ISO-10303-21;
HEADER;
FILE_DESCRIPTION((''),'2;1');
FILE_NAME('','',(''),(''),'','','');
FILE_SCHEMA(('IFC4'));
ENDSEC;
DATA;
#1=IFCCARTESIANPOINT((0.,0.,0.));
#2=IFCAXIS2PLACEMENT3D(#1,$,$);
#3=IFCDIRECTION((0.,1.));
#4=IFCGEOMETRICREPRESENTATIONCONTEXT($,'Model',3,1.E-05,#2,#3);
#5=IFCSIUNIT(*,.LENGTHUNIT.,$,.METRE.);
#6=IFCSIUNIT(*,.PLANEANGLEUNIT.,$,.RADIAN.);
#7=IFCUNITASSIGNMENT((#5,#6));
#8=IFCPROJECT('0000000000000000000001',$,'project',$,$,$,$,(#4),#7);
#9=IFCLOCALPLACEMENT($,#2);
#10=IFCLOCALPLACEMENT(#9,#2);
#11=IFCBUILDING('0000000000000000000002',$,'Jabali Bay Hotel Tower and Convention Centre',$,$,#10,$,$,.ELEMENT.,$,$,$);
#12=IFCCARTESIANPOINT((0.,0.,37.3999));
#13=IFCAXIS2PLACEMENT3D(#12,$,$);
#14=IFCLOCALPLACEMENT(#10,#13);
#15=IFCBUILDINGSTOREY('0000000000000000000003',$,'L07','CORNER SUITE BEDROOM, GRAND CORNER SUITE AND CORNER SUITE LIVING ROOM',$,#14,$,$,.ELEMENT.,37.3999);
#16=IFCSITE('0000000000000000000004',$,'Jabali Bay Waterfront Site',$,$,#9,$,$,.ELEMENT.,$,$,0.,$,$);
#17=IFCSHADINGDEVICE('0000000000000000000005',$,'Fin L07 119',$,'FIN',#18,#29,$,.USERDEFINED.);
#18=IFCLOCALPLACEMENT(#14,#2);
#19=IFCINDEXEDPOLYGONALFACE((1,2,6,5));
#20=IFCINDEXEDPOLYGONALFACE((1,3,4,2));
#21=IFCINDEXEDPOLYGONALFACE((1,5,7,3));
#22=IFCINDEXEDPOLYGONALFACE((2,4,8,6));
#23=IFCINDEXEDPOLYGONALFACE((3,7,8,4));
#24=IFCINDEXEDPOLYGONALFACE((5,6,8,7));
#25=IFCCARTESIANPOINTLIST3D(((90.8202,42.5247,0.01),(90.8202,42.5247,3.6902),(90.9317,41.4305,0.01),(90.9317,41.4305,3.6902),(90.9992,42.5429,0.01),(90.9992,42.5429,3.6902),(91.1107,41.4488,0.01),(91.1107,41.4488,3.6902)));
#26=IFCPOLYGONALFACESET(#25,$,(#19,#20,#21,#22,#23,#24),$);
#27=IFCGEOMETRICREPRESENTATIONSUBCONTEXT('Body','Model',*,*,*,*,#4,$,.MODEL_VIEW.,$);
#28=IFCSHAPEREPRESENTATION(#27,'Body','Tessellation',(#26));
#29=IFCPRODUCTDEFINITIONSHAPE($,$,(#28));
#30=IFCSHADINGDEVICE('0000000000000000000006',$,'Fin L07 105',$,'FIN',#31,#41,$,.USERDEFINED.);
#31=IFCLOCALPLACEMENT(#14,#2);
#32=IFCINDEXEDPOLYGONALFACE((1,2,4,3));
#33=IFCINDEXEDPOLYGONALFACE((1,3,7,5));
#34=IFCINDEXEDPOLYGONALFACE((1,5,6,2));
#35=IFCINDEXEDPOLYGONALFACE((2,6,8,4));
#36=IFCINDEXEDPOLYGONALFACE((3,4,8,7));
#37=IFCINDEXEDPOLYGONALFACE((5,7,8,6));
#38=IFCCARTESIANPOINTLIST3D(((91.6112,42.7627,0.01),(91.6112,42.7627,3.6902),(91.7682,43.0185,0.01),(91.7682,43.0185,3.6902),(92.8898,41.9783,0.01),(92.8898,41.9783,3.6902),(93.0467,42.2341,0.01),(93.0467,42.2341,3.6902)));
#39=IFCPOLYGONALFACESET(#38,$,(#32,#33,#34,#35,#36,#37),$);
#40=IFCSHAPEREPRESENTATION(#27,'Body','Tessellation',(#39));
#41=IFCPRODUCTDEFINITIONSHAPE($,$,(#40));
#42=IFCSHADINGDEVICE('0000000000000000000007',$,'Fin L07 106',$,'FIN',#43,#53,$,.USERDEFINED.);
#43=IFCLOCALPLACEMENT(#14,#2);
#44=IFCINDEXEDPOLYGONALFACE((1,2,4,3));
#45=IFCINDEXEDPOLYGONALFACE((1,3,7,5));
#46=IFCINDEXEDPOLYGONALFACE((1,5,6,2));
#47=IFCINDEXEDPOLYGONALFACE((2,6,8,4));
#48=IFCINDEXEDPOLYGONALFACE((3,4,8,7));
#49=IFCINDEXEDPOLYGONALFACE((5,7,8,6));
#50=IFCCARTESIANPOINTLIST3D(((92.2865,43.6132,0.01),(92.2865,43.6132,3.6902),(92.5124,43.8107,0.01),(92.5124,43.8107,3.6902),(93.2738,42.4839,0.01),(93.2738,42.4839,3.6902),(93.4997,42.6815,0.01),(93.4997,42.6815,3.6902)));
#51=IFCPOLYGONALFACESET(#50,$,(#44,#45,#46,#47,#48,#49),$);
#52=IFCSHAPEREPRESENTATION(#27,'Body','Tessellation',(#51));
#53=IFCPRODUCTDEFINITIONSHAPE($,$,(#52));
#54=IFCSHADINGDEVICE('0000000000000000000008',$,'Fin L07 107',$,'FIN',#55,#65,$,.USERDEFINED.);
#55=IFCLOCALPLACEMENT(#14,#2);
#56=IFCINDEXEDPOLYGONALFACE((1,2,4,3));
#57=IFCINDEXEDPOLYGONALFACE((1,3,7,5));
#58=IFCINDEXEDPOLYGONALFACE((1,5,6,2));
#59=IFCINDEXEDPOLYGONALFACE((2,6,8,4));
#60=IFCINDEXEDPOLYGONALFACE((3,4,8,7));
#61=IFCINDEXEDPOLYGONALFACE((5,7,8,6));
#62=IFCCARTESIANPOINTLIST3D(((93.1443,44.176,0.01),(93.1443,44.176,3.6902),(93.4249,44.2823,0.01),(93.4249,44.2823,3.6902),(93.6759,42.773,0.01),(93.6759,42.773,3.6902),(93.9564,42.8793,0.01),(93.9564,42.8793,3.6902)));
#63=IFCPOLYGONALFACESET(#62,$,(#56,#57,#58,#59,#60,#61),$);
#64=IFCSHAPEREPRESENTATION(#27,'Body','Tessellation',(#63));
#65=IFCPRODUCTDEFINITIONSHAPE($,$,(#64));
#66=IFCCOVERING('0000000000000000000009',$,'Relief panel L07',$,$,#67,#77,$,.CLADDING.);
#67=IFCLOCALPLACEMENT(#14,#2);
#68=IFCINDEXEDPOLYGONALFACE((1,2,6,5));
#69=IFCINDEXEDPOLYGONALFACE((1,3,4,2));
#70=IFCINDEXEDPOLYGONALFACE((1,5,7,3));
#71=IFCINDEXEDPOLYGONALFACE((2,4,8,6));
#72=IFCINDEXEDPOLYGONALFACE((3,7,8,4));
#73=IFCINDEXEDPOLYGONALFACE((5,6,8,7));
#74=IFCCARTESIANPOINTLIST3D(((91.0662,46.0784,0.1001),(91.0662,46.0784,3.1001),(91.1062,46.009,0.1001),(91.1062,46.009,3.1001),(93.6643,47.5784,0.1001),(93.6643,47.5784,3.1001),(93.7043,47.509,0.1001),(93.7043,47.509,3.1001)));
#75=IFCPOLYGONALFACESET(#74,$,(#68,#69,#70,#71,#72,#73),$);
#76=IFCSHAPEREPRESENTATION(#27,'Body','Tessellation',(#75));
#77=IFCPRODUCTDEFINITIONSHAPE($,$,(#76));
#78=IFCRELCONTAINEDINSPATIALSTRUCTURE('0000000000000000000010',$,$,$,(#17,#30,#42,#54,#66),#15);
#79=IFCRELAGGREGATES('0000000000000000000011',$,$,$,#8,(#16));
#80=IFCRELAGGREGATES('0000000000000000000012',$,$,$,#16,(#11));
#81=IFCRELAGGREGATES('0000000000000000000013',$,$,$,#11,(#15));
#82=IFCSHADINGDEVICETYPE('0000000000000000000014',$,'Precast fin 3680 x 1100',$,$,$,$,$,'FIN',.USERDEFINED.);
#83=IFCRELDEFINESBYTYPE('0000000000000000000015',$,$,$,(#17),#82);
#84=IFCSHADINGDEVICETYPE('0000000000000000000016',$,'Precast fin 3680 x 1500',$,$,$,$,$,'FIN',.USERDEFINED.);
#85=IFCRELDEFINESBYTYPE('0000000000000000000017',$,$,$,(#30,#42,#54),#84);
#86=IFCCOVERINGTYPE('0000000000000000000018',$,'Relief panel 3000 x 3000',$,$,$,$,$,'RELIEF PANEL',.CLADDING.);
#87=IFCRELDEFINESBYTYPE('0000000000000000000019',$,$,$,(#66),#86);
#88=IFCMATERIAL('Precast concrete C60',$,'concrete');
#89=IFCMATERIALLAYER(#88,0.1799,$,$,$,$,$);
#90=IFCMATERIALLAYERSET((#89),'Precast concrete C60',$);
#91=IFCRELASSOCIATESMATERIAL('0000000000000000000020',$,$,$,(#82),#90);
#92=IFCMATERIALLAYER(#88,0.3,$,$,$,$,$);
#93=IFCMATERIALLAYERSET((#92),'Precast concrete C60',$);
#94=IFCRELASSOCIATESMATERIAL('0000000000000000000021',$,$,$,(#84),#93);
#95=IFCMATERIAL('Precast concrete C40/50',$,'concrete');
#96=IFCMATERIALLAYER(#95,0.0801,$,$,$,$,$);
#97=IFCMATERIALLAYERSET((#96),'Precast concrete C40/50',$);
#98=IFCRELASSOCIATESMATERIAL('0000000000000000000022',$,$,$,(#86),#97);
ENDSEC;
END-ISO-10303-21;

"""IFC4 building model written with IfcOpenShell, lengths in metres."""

from ifc_helpers import new_model, si_unit, direction, frame, frame_2d, origin, origin_2d, place, context, subcontext, project, spatial, rectangle, extrude, material, layer, layer_set, type_object, element, save


model = new_model("IFC4")

# Units and contexts
model_context = context("Model", 3, precision=1e-05, world=origin(), true_north=direction((0.0, 1.0)))
body_context = subcontext(model_context, "Body", "Model", "MODEL_VIEW")
ifc_project = project(units=[si_unit("LENGTHUNIT", "METRE"), si_unit("PLANEANGLEUNIT", "RADIAN")], contexts=[model_context])

# Site, building, storey
site_placement = place(None, origin())
site = spatial("IfcSite", under=ifc_project, at=site_placement, Name="Jabali Bay Waterfront Site", CompositionType="ELEMENT", RefElevation=0.0)
building_placement = place(site_placement, origin())
building = spatial("IfcBuilding", under=site, at=building_placement, Name="Jabali Bay Hotel Tower and Convention Centre", CompositionType="ELEMENT")
storey_placement = place(building_placement, frame((0.0, 0.0, 37.3999)))
storey = spatial("IfcBuildingStorey", under=building, at=storey_placement, Name="L07", Description="CORNER SUITE BEDROOM, GRAND CORNER SUITE AND CORNER SUITE LIVING ROOM", CompositionType="ELEMENT", Elevation=37.3999)

# Shading devices
ifc_material_1 = material(Name="Precast concrete C60", Category="concrete")
ifc_layer_1 = layer(ifc_material_1, 0.1799)
ifc_layer_set_1 = layer_set([ifc_layer_1], Name="Precast concrete C60")
shading_device_type_1 = type_object("IfcShadingDeviceType", Name="Precast fin 3680 x 1100", ElementType="FIN", PredefinedType="USERDEFINED", material=ifc_layer_set_1)
shading_device_1_placement = place(storey_placement, frame((90.9097, 42.5337, 0.01), z_axis=(0.0, 0.0, 1.0), x_axis=(0.101437, -0.994842, 0.0)))
element("IfcShadingDevice", 1, at=shading_device_1_placement, inside=storey, type_object=shading_device_type_1, Name="Fin L07 119", ObjectType="FIN", PredefinedType="USERDEFINED", context=body_context, shape_type="SweptSolid", body=[
    extrude(rectangle(XDim=1.0999, YDim=0.1799, at=frame_2d((0.5498, 0.0))), origin(), (0.0, 0.0, 1.0), 3.6802),
])
ifc_layer_2 = layer(ifc_material_1, 0.3)
ifc_layer_set_2 = layer_set([ifc_layer_2], Name="Precast concrete C60")
shading_device_type_2 = type_object("IfcShadingDeviceType", Name="Precast fin 3680 x 1500", ElementType="FIN", PredefinedType="USERDEFINED", material=ifc_layer_set_2)
for number, where, z_axis, x_axis, name in (
    (2, (91.6897, 42.8906, 0.01), (0.0, 0.0, 1.0), (0.852367, -0.522944, 0.0), "Fin L07 105"),
    (3, (92.3994, 43.7119, 0.01), (0.0, 0.0, 1.0), (0.65824, -0.752809, 0.0), "Fin L07 106"),
):
    element("IfcShadingDevice", number, at=place(storey_placement, frame(where, z_axis=z_axis, x_axis=x_axis)), inside=storey, type_object=shading_device_type_2, Name=name, ObjectType="FIN", PredefinedType="USERDEFINED", context=body_context, shape_type="SweptSolid", body=[
        extrude(rectangle(XDim=1.5, YDim=0.3, at=frame_2d((0.75, 0.0))), origin(), (0.0, 0.0, 1.0), 3.6802),
    ])
shading_device_2_placement = place(storey_placement, frame((93.2847, 44.229, 0.01), z_axis=(0.0, 0.0, 1.0), x_axis=(0.354296, -0.935133, 0.0)))
element("IfcShadingDevice", 4, at=shading_device_2_placement, inside=storey, type_object=shading_device_type_2, Name="Fin L07 107", ObjectType="FIN", PredefinedType="USERDEFINED", context=body_context, shape_type="SweptSolid", body=[
    extrude(rectangle(XDim=1.5002, YDim=0.3, at=frame_2d((0.75, 0.0))), origin(), (0.0, 0.0, 1.0), 3.6802),
])

# Covering
ifc_material_2 = material(Name="Precast concrete C40/50", Category="concrete")
ifc_layer_3 = layer(ifc_material_2, 0.0801)
ifc_layer_set_3 = layer_set([ifc_layer_3], Name="Precast concrete C40/50")
covering_type = type_object("IfcCoveringType", Name="Relief panel 3000 x 3000", ElementType="RELIEF PANEL", PredefinedType="CLADDING", material=ifc_layer_set_3)
covering_placement = place(storey_placement, frame((92.3853, 46.7937, 0.1001), z_axis=(0.0, 0.0, 1.0), x_axis=(-0.866025, -0.5, 0.0)))
element("IfcCovering", 5, at=covering_placement, inside=storey, type_object=covering_type, Name="Relief panel L07", PredefinedType="CLADDING", context=body_context, shape_type="SweptSolid", body=[
    extrude(rectangle(XDim=3.0, YDim=0.0801, at=origin_2d()), origin(), (0.0, 0.0, 1.0), 3.0),
])

save(model, "model.ifc")
